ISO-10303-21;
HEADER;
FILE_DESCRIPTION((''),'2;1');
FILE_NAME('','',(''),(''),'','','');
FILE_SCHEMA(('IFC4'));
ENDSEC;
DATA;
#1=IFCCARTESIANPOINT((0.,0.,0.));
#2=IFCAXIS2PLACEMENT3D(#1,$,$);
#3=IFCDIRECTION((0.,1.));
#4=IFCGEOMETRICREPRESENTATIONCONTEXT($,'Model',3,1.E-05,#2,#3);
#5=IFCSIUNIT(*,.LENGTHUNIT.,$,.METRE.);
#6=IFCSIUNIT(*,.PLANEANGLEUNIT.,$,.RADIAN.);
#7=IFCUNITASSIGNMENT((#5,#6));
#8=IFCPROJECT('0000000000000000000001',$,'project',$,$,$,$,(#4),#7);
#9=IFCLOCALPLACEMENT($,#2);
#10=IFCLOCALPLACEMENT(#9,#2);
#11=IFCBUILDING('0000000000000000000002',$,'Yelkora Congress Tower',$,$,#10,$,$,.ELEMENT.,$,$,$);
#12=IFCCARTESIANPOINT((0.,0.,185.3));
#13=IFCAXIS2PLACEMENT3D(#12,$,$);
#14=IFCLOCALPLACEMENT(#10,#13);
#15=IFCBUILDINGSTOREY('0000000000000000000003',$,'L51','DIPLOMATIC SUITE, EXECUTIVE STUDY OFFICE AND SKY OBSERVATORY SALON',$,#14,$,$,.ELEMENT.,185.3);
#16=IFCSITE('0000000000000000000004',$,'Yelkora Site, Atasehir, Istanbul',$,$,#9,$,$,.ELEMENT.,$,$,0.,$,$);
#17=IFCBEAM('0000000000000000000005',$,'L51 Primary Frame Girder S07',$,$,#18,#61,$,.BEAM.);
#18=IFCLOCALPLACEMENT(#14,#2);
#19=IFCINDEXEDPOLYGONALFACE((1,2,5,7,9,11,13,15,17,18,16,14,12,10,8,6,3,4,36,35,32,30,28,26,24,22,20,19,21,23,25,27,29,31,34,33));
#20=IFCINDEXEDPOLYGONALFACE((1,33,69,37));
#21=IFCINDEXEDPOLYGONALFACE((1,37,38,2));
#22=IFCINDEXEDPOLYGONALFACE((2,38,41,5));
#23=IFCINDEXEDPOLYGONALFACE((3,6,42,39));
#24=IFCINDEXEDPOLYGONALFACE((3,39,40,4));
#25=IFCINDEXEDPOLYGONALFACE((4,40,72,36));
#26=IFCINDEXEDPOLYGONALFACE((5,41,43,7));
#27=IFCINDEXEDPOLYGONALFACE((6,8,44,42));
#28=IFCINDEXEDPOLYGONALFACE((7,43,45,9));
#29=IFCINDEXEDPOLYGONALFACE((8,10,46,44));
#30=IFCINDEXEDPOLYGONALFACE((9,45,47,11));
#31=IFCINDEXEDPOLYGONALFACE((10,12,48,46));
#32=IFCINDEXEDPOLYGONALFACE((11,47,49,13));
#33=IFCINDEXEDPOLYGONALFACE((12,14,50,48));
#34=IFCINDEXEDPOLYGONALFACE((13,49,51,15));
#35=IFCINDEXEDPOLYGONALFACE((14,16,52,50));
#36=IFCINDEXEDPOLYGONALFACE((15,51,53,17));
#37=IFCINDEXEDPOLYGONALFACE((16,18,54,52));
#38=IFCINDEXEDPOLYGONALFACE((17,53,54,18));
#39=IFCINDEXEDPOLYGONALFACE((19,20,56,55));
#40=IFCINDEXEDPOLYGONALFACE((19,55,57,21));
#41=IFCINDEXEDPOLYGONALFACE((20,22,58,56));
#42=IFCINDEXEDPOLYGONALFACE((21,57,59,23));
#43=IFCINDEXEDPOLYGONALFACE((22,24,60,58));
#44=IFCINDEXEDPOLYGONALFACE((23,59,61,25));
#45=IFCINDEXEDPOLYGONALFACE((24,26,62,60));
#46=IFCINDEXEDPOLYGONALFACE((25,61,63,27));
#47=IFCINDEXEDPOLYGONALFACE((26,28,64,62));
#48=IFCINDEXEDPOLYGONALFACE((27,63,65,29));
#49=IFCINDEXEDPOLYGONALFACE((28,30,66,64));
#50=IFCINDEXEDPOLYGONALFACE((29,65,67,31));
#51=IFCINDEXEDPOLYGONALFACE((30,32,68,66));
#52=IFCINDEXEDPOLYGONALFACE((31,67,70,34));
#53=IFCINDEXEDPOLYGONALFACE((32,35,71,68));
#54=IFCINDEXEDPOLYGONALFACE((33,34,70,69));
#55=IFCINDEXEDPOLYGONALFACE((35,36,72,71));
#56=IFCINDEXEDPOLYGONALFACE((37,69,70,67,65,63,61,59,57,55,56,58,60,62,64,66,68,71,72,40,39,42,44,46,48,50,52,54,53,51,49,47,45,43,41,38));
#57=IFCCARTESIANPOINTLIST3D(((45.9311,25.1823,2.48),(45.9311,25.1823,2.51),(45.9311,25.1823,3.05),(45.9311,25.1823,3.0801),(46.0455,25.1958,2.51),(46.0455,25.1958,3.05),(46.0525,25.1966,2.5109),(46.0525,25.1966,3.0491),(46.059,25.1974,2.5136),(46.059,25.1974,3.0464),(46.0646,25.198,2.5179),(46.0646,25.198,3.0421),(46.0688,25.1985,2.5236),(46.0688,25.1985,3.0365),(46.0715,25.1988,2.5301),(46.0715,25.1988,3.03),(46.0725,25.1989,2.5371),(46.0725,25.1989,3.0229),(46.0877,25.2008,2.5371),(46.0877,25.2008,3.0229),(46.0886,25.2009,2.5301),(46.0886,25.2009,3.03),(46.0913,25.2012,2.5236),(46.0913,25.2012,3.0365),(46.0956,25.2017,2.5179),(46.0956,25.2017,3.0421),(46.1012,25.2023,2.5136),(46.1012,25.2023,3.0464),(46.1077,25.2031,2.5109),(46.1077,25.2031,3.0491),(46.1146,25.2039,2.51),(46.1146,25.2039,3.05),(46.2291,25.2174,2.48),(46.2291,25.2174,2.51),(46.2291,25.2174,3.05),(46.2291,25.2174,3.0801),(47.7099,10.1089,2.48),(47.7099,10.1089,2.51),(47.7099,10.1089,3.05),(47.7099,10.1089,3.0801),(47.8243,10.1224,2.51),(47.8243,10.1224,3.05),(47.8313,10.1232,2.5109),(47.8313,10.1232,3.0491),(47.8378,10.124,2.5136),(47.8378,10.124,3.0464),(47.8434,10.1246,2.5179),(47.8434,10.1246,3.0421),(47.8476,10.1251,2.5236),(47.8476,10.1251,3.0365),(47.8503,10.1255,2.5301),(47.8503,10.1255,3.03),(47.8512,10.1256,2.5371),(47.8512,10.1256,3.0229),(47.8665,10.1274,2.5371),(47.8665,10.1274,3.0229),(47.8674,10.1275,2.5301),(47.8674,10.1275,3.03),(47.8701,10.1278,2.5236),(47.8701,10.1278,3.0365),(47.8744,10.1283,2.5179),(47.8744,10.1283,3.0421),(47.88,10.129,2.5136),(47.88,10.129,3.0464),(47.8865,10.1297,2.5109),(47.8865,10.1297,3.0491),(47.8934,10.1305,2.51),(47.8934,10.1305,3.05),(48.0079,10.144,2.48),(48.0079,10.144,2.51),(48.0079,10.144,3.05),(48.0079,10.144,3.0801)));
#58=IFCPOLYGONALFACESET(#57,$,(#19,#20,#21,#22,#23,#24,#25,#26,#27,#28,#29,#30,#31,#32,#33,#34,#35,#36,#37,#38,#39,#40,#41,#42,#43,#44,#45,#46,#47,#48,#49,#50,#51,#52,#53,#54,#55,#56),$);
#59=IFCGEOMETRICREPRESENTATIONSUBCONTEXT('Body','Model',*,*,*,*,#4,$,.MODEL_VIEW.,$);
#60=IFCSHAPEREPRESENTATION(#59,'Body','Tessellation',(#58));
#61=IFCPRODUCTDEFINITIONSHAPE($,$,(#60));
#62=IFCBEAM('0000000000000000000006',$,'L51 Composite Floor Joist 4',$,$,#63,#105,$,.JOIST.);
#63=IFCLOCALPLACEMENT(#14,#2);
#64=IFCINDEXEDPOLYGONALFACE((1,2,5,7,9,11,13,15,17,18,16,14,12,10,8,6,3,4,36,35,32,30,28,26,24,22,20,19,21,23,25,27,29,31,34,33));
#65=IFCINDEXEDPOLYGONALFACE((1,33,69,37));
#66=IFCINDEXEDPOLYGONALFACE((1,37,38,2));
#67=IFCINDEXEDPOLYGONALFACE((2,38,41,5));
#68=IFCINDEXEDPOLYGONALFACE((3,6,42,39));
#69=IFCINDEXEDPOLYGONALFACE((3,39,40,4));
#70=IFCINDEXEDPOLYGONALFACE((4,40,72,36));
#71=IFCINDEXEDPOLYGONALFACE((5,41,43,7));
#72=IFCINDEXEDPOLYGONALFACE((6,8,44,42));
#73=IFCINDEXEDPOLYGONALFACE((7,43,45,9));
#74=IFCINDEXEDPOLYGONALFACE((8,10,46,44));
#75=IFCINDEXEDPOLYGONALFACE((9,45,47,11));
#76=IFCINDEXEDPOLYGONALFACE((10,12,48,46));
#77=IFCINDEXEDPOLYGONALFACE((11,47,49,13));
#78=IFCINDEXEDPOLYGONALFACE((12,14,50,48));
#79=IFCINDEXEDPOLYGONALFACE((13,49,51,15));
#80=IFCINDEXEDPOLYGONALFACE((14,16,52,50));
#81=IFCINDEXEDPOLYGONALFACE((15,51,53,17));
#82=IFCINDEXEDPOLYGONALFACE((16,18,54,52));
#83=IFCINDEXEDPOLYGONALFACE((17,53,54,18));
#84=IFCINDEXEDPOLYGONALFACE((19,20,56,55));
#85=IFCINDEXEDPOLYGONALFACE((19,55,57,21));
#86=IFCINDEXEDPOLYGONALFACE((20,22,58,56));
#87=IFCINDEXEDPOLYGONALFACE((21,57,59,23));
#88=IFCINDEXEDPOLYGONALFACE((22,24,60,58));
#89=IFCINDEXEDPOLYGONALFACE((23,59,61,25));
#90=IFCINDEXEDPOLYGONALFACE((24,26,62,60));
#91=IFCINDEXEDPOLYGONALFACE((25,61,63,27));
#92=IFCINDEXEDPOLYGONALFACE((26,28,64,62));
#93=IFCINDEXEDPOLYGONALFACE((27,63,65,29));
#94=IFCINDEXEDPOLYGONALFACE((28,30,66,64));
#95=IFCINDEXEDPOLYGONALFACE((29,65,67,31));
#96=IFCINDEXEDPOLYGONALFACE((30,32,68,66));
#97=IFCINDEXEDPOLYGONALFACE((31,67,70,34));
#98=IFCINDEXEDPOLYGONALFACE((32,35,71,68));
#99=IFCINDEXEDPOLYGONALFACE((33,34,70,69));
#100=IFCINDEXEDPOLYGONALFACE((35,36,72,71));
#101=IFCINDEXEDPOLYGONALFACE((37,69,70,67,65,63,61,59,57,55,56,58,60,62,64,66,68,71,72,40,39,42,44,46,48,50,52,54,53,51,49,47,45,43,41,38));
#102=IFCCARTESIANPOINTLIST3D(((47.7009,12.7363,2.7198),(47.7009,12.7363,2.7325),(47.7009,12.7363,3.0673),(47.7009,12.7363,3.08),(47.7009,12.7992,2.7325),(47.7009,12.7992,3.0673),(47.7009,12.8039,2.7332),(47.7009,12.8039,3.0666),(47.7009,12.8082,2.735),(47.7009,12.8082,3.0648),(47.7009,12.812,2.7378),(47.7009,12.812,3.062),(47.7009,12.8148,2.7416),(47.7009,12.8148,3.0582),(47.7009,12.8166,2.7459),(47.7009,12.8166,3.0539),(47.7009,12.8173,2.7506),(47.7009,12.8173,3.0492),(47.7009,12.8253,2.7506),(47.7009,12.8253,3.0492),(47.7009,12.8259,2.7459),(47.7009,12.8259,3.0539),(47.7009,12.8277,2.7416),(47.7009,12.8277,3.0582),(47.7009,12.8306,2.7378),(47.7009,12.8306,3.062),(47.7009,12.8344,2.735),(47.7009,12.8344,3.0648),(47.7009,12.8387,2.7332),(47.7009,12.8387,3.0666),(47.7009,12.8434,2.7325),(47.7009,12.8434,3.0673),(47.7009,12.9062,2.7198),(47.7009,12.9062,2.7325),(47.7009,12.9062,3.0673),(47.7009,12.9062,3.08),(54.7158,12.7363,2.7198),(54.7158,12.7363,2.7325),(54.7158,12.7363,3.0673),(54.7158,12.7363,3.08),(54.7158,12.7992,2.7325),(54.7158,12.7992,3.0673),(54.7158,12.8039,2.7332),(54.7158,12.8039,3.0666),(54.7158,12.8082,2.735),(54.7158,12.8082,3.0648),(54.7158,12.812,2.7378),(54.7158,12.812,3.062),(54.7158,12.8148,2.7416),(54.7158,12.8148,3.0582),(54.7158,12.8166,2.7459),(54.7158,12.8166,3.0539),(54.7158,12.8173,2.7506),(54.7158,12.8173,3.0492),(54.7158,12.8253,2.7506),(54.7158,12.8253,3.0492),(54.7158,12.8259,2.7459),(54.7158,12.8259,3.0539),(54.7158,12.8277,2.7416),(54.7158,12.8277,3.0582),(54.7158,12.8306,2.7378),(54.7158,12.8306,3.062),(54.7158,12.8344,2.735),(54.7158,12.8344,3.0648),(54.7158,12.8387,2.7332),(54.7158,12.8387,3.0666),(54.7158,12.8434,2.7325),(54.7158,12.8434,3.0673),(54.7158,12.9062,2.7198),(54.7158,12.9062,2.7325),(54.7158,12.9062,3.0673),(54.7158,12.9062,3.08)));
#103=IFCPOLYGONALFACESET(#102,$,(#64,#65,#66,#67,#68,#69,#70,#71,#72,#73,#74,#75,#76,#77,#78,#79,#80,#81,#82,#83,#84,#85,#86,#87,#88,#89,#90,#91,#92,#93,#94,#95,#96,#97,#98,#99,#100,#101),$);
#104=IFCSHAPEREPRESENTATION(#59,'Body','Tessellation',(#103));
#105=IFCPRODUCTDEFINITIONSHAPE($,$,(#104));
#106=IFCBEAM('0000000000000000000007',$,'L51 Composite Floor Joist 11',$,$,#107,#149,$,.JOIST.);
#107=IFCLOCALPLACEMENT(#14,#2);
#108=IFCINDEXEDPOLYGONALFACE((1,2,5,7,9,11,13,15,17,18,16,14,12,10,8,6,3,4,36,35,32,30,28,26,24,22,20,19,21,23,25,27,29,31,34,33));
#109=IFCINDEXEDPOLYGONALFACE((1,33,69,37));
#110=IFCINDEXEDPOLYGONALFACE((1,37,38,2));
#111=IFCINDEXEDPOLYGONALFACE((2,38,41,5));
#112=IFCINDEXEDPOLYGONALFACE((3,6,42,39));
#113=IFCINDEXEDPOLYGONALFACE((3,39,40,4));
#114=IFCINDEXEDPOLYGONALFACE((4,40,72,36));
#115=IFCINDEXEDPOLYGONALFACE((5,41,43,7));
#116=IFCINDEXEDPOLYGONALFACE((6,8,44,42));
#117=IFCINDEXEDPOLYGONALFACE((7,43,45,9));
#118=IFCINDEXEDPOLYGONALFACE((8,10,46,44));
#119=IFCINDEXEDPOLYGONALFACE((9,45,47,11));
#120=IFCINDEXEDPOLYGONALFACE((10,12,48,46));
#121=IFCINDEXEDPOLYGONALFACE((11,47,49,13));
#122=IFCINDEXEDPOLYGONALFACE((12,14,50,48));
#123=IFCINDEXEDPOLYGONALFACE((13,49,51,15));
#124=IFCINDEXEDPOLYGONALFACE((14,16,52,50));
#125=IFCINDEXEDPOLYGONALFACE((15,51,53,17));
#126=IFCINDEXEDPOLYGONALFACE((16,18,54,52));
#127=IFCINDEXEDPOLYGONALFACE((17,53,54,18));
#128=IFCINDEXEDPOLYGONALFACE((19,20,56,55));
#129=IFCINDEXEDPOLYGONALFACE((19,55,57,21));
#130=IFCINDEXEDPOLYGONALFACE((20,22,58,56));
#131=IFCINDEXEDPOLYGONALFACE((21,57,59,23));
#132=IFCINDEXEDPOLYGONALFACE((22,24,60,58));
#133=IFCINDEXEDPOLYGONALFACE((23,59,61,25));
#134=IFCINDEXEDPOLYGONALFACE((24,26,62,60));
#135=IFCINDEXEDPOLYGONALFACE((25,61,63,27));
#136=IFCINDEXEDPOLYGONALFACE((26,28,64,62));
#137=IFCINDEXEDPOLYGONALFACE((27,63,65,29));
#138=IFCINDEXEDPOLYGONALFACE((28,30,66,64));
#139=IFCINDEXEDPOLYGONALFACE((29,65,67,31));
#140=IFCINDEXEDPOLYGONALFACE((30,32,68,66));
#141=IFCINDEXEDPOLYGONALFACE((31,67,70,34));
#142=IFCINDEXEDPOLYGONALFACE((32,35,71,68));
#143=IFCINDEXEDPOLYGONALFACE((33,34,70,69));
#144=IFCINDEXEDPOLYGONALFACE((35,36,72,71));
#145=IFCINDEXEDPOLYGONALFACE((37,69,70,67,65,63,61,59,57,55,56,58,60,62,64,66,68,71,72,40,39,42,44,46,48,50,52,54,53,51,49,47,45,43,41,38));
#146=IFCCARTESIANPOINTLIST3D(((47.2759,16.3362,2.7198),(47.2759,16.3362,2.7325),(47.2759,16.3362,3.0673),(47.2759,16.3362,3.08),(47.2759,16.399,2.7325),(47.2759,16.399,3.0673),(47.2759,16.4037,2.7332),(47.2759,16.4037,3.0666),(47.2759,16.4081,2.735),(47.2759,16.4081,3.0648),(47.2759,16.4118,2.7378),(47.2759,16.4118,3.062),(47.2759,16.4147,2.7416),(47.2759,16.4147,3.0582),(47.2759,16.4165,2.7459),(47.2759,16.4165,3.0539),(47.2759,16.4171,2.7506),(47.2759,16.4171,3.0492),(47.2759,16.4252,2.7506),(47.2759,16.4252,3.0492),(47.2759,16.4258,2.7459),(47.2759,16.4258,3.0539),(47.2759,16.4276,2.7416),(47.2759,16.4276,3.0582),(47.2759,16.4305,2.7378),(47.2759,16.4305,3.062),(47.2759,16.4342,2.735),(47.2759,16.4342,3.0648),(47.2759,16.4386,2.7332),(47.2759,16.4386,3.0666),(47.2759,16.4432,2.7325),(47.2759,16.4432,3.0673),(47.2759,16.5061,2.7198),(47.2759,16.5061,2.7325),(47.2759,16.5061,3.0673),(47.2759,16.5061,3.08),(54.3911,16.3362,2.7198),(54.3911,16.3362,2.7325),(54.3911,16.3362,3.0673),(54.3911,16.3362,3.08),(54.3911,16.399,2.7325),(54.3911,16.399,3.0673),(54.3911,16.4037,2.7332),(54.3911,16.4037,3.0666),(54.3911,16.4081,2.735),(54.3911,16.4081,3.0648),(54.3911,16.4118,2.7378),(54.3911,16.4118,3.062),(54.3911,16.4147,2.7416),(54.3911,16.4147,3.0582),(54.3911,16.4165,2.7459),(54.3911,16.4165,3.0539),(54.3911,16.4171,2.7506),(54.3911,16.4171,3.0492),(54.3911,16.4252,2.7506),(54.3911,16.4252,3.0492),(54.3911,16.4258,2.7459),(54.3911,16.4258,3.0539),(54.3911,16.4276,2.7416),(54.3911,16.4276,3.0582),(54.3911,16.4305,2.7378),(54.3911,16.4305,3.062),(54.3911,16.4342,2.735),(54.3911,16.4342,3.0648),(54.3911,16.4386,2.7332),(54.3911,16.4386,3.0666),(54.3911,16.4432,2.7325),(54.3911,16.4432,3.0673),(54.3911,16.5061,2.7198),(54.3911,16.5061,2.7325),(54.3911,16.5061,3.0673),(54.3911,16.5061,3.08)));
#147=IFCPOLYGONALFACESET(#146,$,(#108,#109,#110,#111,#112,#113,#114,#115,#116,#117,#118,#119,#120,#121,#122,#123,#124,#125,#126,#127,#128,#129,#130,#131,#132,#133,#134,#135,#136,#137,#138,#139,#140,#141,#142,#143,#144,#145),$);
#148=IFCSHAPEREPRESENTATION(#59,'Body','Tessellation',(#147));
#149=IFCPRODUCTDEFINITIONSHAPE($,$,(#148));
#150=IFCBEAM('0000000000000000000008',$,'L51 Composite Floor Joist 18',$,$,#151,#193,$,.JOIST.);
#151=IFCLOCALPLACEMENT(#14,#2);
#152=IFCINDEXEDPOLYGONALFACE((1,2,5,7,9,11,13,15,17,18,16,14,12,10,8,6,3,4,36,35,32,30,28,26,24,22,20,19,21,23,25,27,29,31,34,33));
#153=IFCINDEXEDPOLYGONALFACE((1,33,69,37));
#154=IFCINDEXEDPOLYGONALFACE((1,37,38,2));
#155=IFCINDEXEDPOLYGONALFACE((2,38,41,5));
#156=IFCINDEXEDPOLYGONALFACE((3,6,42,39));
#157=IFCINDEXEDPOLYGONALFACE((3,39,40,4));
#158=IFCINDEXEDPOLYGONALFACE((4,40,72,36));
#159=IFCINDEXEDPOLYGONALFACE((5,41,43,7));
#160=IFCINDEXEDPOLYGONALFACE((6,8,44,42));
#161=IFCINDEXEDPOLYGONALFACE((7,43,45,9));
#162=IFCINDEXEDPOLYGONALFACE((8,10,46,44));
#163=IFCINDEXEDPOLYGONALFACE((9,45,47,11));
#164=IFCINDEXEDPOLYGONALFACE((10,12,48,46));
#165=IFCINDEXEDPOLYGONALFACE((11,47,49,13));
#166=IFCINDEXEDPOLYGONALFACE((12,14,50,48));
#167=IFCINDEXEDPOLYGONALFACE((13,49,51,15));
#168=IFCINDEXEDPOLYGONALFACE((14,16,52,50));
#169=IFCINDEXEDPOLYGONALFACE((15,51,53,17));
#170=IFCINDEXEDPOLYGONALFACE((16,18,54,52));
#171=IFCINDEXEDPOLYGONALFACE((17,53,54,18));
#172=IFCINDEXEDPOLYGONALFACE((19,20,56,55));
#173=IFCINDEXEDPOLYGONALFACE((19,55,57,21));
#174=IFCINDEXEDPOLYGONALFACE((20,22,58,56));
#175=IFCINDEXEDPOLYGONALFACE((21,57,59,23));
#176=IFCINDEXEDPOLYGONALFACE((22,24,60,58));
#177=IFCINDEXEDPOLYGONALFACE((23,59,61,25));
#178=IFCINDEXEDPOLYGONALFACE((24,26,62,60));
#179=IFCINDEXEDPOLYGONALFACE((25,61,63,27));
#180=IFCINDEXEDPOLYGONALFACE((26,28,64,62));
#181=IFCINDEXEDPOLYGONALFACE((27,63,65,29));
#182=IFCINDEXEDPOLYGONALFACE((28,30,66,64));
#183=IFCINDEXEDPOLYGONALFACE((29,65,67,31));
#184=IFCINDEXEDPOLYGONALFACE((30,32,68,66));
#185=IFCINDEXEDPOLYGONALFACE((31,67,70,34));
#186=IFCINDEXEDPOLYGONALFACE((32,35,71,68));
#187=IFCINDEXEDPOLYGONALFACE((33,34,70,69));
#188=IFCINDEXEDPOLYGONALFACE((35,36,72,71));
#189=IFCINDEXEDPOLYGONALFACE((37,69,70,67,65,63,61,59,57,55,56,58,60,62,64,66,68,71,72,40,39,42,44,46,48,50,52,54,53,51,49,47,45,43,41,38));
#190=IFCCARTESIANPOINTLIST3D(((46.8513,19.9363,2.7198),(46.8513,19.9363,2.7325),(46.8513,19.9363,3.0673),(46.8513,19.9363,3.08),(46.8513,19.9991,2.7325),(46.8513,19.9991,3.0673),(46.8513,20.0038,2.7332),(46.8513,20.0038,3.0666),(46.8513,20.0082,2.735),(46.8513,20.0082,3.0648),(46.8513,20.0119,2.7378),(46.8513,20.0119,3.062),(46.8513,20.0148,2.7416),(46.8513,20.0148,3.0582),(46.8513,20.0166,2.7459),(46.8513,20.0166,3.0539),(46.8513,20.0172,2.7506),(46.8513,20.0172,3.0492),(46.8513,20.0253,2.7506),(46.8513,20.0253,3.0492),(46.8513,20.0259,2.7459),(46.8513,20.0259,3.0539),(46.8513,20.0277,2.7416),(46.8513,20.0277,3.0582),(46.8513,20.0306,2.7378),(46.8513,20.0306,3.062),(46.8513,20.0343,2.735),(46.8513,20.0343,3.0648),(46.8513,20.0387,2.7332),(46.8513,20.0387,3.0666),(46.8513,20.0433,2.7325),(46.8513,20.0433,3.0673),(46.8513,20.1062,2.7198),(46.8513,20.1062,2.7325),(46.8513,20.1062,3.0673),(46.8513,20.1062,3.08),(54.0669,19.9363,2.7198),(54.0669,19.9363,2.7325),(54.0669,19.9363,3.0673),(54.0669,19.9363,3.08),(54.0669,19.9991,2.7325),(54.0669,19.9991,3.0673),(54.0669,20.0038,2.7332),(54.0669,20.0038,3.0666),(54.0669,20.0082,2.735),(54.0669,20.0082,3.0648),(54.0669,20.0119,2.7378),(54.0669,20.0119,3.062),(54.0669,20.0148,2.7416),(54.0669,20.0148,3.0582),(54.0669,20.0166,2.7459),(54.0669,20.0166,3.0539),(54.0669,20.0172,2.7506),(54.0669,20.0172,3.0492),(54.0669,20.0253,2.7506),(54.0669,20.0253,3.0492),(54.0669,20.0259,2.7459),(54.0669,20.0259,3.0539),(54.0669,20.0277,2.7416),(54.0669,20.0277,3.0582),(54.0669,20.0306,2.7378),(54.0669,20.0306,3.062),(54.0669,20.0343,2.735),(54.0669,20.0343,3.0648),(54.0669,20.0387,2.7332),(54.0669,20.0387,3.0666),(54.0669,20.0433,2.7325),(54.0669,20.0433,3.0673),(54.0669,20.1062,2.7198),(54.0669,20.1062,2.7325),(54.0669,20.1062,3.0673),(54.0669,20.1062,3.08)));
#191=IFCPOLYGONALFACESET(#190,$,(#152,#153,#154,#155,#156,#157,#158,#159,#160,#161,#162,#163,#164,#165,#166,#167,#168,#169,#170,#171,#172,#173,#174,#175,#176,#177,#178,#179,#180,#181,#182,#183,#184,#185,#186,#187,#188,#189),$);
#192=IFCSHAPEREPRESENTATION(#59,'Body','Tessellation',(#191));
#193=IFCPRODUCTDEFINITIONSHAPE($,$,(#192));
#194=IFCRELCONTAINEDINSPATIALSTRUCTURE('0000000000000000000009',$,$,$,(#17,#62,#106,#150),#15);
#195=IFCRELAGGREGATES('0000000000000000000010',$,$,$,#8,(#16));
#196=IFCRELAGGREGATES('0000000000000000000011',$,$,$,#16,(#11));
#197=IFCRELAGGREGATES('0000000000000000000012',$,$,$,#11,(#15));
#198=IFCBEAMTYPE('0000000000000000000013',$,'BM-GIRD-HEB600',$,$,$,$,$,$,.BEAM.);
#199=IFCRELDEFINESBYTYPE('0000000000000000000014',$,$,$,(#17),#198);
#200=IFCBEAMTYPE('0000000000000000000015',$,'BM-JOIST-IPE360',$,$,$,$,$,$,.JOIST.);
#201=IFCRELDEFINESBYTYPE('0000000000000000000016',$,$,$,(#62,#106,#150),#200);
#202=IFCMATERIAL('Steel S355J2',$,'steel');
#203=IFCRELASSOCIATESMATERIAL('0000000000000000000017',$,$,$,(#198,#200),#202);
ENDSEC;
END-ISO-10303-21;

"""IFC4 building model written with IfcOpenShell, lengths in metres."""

from ifc_helpers import new_model, si_unit, direction, frame, origin, origin_2d, place, context, subcontext, project, spatial, i_section, extrude, material, material_profile, profile_set, type_object, element, save


model = new_model("IFC4")

# Units and contexts
model_context = context("Model", 3, precision=1e-05, world=origin(), true_north=direction((0.0, 1.0)))
body_context = subcontext(model_context, "Body", "Model", "MODEL_VIEW")
ifc_project = project(units=[si_unit("LENGTHUNIT", "METRE"), si_unit("PLANEANGLEUNIT", "RADIAN")], contexts=[model_context])

# Site, building, storey
site_placement = place(None, origin())
site = spatial("IfcSite", under=ifc_project, at=site_placement, Name="Yelkora Site, Atasehir, Istanbul", CompositionType="ELEMENT", RefElevation=0.0)
building_placement = place(site_placement, origin())
building = spatial("IfcBuilding", under=site, at=building_placement, Name="Yelkora Congress Tower", CompositionType="ELEMENT")
storey_placement = place(building_placement, frame((0.0, 0.0, 185.3)))
storey = spatial("IfcBuildingStorey", under=building, at=storey_placement, Name="L51", Description="DIPLOMATIC SUITE, EXECUTIVE STUDY OFFICE AND SKY OBSERVATORY SALON", CompositionType="ELEMENT", Elevation=185.3)

# Beams
ifc_material_1 = material(Name="Steel S355J2", Category="steel")
ifc_material_profile_1 = material_profile(ifc_material_1, i_section(OverallWidth=0.3, OverallDepth=0.6001, WebThickness=0.0154, FlangeThickness=0.03, FilletRadius=0.0271, at=origin_2d()), Name="HEB 600")
ifc_profile_set_1 = profile_set([ifc_material_profile_1], Name="Steel S355J2")
beam_type_1 = type_object("IfcBeamType", Name="BM-GIRD-HEB600", PredefinedType="BEAM", material=ifc_profile_set_1)
beam_1_placement = place(storey_placement, frame((47.8589, 10.1265, 2.78), z_axis=(-0.117196, 0.993109, 0.0), x_axis=(-0.993109, -0.117196, 0.0)))
element("IfcBeam", 1, at=beam_1_placement, inside=storey, type_object=beam_type_1, Name="L51 Primary Frame Girder S07", PredefinedType="BEAM", context=body_context, shape_type="SweptSolid", body=[
    extrude(i_section(OverallWidth=0.3, OverallDepth=0.6001, WebThickness=0.0154, FlangeThickness=0.03, FilletRadius=0.0271, at=origin_2d()), origin(), (0.0, 0.0, 1.0), 15.178),
])
ifc_material_profile_2 = material_profile(ifc_material_1, i_section(OverallWidth=0.1699, OverallDepth=0.3601, WebThickness=0.0081, FlangeThickness=0.0127, FilletRadius=0.0181, at=origin_2d()), Name="IPE 360")
ifc_profile_set_2 = profile_set([ifc_material_profile_2], Name="Steel S355J2")
beam_type_2 = type_object("IfcBeamType", Name="BM-JOIST-IPE360", PredefinedType="JOIST", material=ifc_profile_set_2)
beam_2_placement = place(storey_placement, frame((47.7009, 12.8213, 2.8999), z_axis=(1.0, 0.0, 0.0), x_axis=(0.0, 1.0, 0.0)))
element("IfcBeam", 2, at=beam_2_placement, inside=storey, type_object=beam_type_2, Name="L51 Composite Floor Joist 4", PredefinedType="JOIST", context=body_context, shape_type="SweptSolid", body=[
    extrude(i_section(OverallWidth=0.1699, OverallDepth=0.3601, WebThickness=0.0081, FlangeThickness=0.0127, FilletRadius=0.0181, at=origin_2d()), origin(), (0.0, 0.0, 1.0), 7.0149),
])
beam_3_placement = place(storey_placement, frame((47.2759, 16.4211, 2.8999), z_axis=(1.0, 0.0, 0.0), x_axis=(0.0, 1.0, 0.0)))
element("IfcBeam", 3, at=beam_3_placement, inside=storey, type_object=beam_type_2, Name="L51 Composite Floor Joist 11", PredefinedType="JOIST", context=body_context, shape_type="SweptSolid", body=[
    extrude(i_section(OverallWidth=0.1699, OverallDepth=0.3601, WebThickness=0.0081, FlangeThickness=0.0127, FilletRadius=0.0181, at=origin_2d()), origin(), (0.0, 0.0, 1.0), 7.1152),
])
beam_4_placement = place(storey_placement, frame((46.8513, 20.0212, 2.8999), z_axis=(1.0, 0.0, 0.0), x_axis=(0.0, 1.0, 0.0)))
element("IfcBeam", 4, at=beam_4_placement, inside=storey, type_object=beam_type_2, Name="L51 Composite Floor Joist 18", PredefinedType="JOIST", context=body_context, shape_type="SweptSolid", body=[
    extrude(i_section(OverallWidth=0.1699, OverallDepth=0.3601, WebThickness=0.0081, FlangeThickness=0.0127, FilletRadius=0.0181, at=origin_2d()), origin(), (0.0, 0.0, 1.0), 7.2156),
])

save(model, "model.ifc")
